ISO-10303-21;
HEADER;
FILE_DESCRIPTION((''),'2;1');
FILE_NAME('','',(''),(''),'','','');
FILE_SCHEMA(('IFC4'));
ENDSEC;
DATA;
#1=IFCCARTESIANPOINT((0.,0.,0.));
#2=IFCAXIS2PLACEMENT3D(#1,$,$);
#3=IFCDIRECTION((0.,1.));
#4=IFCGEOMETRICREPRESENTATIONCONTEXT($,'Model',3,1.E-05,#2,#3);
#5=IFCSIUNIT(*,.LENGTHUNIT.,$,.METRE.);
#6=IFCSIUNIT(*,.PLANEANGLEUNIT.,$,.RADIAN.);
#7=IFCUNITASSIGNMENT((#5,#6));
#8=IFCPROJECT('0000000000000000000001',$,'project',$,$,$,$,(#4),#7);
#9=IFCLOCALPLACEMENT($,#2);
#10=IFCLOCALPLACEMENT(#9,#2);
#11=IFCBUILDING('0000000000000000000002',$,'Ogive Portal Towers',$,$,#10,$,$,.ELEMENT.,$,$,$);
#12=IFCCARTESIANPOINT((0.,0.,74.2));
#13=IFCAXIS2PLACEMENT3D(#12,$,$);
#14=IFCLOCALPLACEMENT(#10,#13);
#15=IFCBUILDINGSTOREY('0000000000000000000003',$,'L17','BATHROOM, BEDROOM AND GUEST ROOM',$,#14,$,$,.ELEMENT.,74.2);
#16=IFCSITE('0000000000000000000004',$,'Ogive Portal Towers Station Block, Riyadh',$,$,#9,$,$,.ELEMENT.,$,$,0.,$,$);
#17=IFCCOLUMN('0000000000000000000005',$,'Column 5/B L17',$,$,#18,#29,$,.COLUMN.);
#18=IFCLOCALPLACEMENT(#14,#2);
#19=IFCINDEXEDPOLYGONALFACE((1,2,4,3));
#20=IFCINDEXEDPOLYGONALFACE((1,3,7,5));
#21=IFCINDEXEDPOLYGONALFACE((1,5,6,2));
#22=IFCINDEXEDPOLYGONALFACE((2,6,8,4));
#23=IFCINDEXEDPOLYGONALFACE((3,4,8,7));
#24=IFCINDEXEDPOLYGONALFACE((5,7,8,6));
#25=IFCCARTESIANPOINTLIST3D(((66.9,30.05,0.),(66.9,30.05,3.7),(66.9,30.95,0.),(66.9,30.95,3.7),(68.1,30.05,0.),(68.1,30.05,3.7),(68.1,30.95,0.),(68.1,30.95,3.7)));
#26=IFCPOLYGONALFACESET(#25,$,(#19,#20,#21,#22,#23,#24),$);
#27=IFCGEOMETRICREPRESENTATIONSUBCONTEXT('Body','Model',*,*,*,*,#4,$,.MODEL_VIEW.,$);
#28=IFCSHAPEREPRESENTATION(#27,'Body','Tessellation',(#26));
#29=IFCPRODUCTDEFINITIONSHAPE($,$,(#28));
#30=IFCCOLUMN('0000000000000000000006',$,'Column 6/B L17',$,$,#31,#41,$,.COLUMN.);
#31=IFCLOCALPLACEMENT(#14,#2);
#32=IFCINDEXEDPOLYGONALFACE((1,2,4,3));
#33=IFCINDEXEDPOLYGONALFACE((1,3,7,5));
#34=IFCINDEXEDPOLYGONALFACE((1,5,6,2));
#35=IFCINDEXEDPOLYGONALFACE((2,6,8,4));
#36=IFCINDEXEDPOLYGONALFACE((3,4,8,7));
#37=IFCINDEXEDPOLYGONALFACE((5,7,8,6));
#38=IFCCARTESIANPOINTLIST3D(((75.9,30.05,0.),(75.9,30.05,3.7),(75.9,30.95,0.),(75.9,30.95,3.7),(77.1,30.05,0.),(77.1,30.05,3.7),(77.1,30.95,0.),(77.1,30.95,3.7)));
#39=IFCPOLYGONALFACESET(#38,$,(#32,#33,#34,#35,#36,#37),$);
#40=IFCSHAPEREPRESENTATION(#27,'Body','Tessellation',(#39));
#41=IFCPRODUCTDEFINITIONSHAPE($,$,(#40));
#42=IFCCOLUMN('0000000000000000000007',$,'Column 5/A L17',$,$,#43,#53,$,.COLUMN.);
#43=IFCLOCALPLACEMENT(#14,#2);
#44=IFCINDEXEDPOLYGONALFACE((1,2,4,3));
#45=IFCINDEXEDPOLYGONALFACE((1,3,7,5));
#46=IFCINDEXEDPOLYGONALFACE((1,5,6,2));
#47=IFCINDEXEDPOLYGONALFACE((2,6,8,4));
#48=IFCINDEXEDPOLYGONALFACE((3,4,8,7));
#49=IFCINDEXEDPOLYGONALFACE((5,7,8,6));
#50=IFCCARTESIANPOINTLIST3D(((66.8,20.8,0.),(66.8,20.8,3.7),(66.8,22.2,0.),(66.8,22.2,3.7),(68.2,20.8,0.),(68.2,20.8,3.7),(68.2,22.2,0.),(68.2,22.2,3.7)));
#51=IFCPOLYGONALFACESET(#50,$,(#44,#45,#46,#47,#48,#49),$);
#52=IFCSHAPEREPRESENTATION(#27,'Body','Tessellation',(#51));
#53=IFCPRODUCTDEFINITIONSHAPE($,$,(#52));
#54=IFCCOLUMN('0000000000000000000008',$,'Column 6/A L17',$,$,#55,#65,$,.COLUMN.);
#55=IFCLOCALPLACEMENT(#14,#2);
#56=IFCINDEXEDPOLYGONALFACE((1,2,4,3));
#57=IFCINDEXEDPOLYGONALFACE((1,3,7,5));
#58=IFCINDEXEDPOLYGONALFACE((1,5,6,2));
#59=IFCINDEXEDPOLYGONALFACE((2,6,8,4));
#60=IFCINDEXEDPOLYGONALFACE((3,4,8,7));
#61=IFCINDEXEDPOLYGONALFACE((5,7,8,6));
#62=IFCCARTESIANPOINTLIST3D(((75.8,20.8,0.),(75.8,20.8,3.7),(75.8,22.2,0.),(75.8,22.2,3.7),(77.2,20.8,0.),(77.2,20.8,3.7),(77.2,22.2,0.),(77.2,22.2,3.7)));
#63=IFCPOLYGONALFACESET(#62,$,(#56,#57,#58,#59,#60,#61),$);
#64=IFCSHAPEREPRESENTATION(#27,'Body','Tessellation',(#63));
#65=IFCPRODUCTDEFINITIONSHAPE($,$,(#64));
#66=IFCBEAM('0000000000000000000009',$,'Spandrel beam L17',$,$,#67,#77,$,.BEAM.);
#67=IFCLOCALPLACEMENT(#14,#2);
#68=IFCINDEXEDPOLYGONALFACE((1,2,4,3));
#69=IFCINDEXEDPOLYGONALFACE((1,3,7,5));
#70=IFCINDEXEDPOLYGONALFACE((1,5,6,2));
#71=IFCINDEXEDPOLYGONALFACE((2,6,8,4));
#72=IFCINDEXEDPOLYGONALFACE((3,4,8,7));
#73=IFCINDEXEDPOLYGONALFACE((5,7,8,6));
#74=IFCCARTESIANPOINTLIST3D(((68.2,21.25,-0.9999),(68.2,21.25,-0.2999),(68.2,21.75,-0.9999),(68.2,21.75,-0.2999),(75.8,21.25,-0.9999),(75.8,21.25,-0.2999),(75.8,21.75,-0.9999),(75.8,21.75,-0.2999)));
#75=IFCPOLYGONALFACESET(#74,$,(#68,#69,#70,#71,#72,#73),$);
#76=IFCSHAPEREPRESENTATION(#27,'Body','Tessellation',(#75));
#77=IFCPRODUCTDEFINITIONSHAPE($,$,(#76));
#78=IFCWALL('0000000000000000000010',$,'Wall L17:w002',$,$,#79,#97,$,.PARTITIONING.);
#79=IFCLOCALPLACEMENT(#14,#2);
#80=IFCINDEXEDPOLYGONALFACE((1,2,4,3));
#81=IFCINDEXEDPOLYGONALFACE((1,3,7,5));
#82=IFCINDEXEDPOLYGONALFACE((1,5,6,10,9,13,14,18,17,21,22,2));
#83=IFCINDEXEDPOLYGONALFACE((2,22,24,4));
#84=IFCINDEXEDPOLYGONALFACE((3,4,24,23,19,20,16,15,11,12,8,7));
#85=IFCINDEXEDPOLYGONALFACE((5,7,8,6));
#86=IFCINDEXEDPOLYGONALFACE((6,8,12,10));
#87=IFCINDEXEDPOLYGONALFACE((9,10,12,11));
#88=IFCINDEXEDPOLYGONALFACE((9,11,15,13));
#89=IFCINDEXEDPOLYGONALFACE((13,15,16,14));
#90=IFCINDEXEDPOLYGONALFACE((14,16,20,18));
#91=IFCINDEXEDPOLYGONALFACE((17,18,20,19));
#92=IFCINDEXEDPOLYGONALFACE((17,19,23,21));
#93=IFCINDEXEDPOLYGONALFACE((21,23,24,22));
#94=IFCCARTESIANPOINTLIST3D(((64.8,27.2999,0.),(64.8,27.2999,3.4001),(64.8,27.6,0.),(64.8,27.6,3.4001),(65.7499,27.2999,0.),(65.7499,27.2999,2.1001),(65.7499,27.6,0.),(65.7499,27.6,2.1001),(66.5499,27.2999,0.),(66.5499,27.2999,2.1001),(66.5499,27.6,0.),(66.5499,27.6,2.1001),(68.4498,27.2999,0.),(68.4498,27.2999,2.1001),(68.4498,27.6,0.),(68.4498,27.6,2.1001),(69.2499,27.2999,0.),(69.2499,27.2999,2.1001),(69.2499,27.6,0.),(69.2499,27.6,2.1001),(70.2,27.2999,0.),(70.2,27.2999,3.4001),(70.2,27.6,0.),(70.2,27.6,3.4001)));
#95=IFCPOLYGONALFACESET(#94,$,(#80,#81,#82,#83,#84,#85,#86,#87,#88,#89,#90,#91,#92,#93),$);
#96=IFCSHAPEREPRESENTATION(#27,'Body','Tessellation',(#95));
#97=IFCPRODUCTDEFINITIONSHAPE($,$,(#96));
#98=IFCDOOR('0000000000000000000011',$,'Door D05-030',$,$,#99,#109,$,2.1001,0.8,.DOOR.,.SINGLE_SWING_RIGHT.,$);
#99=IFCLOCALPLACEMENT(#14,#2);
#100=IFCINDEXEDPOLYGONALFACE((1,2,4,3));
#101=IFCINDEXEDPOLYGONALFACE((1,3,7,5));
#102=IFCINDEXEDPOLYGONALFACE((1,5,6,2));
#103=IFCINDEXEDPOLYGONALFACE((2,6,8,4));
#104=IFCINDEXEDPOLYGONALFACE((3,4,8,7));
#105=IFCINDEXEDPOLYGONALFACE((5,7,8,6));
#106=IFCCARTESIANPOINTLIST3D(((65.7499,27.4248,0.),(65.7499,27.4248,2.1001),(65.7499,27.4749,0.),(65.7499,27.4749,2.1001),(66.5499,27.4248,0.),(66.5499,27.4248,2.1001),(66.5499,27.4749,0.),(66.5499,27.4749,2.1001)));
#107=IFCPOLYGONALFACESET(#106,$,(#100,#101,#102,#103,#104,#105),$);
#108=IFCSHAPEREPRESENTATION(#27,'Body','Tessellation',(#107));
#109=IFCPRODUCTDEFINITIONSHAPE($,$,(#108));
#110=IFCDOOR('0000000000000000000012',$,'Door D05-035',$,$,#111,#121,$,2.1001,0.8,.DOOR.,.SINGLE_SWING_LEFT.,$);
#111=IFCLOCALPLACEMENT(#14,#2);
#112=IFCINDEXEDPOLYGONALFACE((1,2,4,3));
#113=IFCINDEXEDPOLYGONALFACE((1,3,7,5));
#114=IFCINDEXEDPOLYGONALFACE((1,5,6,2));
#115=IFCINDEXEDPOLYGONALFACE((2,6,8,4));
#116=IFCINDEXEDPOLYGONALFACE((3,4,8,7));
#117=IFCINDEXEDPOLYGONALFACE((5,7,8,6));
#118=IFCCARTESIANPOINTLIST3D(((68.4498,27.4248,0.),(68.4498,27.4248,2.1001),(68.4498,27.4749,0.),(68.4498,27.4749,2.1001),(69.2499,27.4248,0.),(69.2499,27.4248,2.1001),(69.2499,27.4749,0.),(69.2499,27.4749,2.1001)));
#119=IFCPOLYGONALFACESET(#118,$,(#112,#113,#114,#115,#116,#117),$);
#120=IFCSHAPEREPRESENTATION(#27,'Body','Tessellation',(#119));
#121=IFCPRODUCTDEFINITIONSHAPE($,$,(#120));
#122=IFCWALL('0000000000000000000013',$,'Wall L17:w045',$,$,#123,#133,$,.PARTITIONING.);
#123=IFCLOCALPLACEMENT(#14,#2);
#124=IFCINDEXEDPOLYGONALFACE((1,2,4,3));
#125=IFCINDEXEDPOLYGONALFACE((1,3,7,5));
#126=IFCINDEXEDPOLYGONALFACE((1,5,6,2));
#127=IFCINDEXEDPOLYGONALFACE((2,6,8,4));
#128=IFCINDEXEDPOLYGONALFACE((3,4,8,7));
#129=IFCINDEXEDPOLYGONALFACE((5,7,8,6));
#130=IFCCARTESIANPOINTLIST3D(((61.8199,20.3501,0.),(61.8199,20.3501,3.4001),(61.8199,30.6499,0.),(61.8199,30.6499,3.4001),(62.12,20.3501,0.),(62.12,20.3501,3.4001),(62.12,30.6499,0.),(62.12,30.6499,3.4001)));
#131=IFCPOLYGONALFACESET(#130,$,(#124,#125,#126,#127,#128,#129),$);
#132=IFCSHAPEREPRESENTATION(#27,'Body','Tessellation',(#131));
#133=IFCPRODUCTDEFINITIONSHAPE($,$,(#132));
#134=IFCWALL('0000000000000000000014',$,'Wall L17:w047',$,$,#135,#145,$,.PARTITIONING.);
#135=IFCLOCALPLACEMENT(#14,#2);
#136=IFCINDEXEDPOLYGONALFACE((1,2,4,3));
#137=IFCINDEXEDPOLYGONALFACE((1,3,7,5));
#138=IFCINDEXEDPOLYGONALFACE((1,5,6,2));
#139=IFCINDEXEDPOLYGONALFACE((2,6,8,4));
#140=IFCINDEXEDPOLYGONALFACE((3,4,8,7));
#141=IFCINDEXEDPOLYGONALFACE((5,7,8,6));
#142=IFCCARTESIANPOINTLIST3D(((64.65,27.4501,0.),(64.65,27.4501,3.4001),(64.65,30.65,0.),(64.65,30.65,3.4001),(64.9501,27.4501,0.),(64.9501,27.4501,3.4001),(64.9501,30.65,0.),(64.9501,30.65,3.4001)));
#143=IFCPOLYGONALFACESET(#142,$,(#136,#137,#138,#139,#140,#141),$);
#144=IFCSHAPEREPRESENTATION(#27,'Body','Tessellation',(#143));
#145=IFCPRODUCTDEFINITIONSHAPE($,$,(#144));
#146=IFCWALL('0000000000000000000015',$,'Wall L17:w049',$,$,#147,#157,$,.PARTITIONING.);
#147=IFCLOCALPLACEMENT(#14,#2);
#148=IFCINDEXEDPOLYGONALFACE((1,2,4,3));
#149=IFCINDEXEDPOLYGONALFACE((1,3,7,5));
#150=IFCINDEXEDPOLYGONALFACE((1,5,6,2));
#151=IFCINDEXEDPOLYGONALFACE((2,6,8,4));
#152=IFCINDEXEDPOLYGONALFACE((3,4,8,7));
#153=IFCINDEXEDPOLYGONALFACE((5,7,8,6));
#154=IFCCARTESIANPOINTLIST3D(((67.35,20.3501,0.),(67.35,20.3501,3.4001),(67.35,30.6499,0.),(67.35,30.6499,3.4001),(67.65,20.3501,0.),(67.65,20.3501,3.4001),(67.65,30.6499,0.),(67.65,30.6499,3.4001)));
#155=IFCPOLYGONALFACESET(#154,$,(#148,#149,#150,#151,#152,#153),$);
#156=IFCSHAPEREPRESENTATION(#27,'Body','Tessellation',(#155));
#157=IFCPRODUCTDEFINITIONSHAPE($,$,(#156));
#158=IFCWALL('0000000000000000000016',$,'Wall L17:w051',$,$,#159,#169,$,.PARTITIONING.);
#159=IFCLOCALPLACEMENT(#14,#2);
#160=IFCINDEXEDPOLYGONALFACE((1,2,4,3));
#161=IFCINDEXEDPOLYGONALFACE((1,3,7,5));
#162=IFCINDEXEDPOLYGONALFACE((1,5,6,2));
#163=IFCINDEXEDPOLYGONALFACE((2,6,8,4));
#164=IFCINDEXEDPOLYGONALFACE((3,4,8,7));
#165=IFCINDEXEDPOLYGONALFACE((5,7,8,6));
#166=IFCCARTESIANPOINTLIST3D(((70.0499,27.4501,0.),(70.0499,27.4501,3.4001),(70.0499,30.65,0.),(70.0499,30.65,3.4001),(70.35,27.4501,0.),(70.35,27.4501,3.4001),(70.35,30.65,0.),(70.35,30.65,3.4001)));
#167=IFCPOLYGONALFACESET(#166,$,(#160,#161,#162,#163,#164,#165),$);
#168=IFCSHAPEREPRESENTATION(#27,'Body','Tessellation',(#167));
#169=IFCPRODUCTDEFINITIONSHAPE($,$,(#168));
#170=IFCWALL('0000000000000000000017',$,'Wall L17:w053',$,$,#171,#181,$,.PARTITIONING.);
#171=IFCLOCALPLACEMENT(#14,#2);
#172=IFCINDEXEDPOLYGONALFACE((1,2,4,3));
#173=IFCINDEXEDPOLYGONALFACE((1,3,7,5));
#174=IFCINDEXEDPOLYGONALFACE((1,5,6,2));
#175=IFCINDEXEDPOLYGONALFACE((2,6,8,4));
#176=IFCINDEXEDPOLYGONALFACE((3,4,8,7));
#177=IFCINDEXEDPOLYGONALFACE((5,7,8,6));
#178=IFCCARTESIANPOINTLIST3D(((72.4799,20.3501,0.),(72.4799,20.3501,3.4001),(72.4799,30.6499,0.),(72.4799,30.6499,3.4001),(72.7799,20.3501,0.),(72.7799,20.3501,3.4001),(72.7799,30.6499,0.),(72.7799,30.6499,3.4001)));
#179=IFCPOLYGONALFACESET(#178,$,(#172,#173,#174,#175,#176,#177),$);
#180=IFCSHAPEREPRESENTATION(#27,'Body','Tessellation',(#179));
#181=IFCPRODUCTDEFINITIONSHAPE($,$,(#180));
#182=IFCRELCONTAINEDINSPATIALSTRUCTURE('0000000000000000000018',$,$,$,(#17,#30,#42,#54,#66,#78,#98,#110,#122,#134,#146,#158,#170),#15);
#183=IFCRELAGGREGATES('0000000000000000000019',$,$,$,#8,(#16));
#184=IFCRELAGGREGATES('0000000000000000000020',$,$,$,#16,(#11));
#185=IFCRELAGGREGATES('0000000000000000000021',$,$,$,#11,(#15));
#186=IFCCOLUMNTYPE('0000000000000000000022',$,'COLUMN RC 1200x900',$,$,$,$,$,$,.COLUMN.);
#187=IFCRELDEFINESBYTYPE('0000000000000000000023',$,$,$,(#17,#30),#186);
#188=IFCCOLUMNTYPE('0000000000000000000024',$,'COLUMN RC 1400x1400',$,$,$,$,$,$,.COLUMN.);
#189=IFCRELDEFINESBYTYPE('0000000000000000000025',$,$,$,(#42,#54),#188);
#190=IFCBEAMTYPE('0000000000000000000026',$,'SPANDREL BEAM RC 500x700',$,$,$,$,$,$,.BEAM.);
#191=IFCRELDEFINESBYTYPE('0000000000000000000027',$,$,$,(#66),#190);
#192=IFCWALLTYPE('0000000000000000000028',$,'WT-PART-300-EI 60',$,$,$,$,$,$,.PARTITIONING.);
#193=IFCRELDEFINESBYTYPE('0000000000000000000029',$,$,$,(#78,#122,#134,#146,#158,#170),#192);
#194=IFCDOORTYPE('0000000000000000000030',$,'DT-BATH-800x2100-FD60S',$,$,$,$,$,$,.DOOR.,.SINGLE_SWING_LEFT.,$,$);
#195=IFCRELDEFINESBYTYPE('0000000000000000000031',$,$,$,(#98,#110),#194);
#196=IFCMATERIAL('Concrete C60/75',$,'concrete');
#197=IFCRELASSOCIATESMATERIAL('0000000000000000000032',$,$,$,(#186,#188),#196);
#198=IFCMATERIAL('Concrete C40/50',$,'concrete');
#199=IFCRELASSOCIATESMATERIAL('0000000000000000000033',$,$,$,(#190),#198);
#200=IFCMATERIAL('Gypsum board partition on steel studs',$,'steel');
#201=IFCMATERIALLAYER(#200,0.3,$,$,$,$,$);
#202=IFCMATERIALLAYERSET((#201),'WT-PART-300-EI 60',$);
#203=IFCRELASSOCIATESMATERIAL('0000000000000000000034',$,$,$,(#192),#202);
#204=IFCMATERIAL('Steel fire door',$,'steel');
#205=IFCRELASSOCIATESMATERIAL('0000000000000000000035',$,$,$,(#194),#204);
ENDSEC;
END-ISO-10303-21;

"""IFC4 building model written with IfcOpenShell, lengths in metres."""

from ifc_helpers import new_model, si_unit, direction, frame, frame_2d, origin, origin_2d, place, context, subcontext, project, spatial, rectangle, extrude, material, layer, layer_set, material_profile, profile_set, type_object, element, fill, save


model = new_model("IFC4")

# Units and contexts
model_context = context("Model", 3, precision=1e-05, world=origin(), true_north=direction((0.0, 1.0)))
body_context = subcontext(model_context, "Body", "Model", "MODEL_VIEW")
ifc_project = project(units=[si_unit("LENGTHUNIT", "METRE"), si_unit("PLANEANGLEUNIT", "RADIAN")], contexts=[model_context])

# Site, building, storey
site_placement = place(None, origin())
site = spatial("IfcSite", under=ifc_project, at=site_placement, Name="Ogive Portal Towers Station Block, Riyadh", CompositionType="ELEMENT", RefElevation=0.0)
building_placement = place(site_placement, origin())
building = spatial("IfcBuilding", under=site, at=building_placement, Name="Ogive Portal Towers", CompositionType="ELEMENT")
storey_placement = place(building_placement, frame((0.0, 0.0, 74.2)))
storey = spatial("IfcBuildingStorey", under=building, at=storey_placement, Name="L17", Description="BATHROOM, BEDROOM AND GUEST ROOM", CompositionType="ELEMENT", Elevation=74.2)

# Columns
ifc_material_1 = material(Name="Concrete C60/75", Category="concrete")
ifc_material_profile_1 = material_profile(ifc_material_1, rectangle(XDim=1.2, YDim=0.8999, at=origin_2d()), Name="RC 1200x900")
ifc_profile_set_1 = profile_set([ifc_material_profile_1], Name="Concrete C60/75")
column_type_1 = type_object("IfcColumnType", Name="COLUMN RC 1200x900", PredefinedType="COLUMN", material=ifc_profile_set_1)
for number, where, z_axis, x_axis, name in (
    (1, (67.5, 30.5, 0.0), (0.0, 0.0, 1.0), (1.0, 0.0, 0.0), "Column 5/B L17"),
    (2, (76.5, 30.5, 0.0), (0.0, 0.0, 1.0), (1.0, 0.0, 0.0), "Column 6/B L17"),
):
    element("IfcColumn", number, at=place(storey_placement, frame(where, z_axis=z_axis, x_axis=x_axis)), inside=storey, type_object=column_type_1, Name=name, PredefinedType="COLUMN", context=body_context, shape_type="SweptSolid", body=[
        extrude(rectangle(XDim=1.2, YDim=0.8999, at=origin_2d()), origin(), (0.0, 0.0, 1.0), 3.7),
    ])
ifc_material_profile_2 = material_profile(ifc_material_1, rectangle(XDim=1.3999, YDim=1.3999, at=origin_2d()), Name="RC 1400x1400")
ifc_profile_set_2 = profile_set([ifc_material_profile_2], Name="Concrete C60/75")
column_type_2 = type_object("IfcColumnType", Name="COLUMN RC 1400x1400", PredefinedType="COLUMN", material=ifc_profile_set_2)
for number, where, z_axis, x_axis, name in (
    (3, (67.5, 21.5, 0.0), (0.0, 0.0, 1.0), (1.0, 0.0, 0.0), "Column 5/A L17"),
    (4, (76.5, 21.5, 0.0), (0.0, 0.0, 1.0), (1.0, 0.0, 0.0), "Column 6/A L17"),
):
    element("IfcColumn", number, at=place(storey_placement, frame(where, z_axis=z_axis, x_axis=x_axis)), inside=storey, type_object=column_type_2, Name=name, PredefinedType="COLUMN", context=body_context, shape_type="SweptSolid", body=[
        extrude(rectangle(XDim=1.3999, YDim=1.3999, at=origin_2d()), origin(), (0.0, 0.0, 1.0), 3.7),
    ])

# Beam
ifc_material_2 = material(Name="Concrete C40/50", Category="concrete")
ifc_material_profile_3 = material_profile(ifc_material_2, rectangle(XDim=0.5, YDim=0.7, at=origin_2d()), Name="RC 500x700")
ifc_profile_set_3 = profile_set([ifc_material_profile_3], Name="Concrete C40/50")
beam_type = type_object("IfcBeamType", Name="SPANDREL BEAM RC 500x700", PredefinedType="BEAM", material=ifc_profile_set_3)
beam_placement = place(storey_placement, frame((75.8, 21.5, -0.6499), z_axis=(-1.0, 0.0, 0.0), x_axis=(0.0, -1.0, 0.0)))
element("IfcBeam", 5, at=beam_placement, inside=storey, type_object=beam_type, Name="Spandrel beam L17", PredefinedType="BEAM", context=body_context, shape_type="SweptSolid", body=[
    extrude(rectangle(XDim=0.5, YDim=0.7, at=origin_2d()), origin(), (0.0, 0.0, 1.0), 7.6001),
])

# Wall, openings, doors
ifc_material_3 = material(Name="Gypsum board partition on steel studs", Category="steel")
ifc_layer_1 = layer(ifc_material_3, 0.3)
ifc_layer_set_1 = layer_set([ifc_layer_1], Name="WT-PART-300-EI 60")
wall_type = type_object("IfcWallType", Name="WT-PART-300-EI 60", PredefinedType="PARTITIONING", material=ifc_layer_set_1)
wall_1_placement = place(storey_placement, frame((64.8, 27.45, 0.0), z_axis=(0.0, 0.0, 1.0), x_axis=(1.0, 0.0, 0.0)))
wall_1 = element("IfcWall", 6, at=wall_1_placement, inside=storey, type_object=wall_type, Name="Wall L17:w002", PredefinedType="PARTITIONING", context=body_context, shape_type="SweptSolid", body=[
    extrude(rectangle(XDim=5.3999, YDim=0.3, at=frame_2d((2.7, 0.0))), origin(), (0.0, 0.0, 1.0), 3.4001),
])
opening_1_placement = place(wall_1_placement, frame((0.95, 0.0, 0.0)))
opening_1 = element("IfcOpeningElement", 7, at=opening_1_placement, cuts=wall_1, PredefinedType="OPENING", context=body_context, shape_type="SweptSolid", body=[
    extrude(rectangle(XDim=0.8, YDim=2.1001, at=frame_2d((0.3999, 1.05))), frame((0.0, 0.1602, 0.0), z_axis=(0.0, -1.0, 0.0), x_axis=(1.0, 0.0, 0.0)), (0.0, 0.0, 1.0), 0.3201),
])
opening_2_placement = place(wall_1_placement, frame((3.6499, 0.0, 0.0)))
opening_2 = element("IfcOpeningElement", 8, at=opening_2_placement, cuts=wall_1, PredefinedType="OPENING", context=body_context, shape_type="SweptSolid", body=[
    extrude(rectangle(XDim=0.8, YDim=2.1001, at=frame_2d((0.3999, 1.05))), frame((0.0, 0.1602, 0.0), z_axis=(0.0, -1.0, 0.0), x_axis=(1.0, 0.0, 0.0)), (0.0, 0.0, 1.0), 0.3201),
])
ifc_material_4 = material(Name="Steel fire door", Category="steel")
door_type = type_object("IfcDoorType", Name="DT-BATH-800x2100-FD60S", OperationType="SINGLE_SWING_LEFT", PredefinedType="DOOR", material=ifc_material_4)
door_1_placement = place(opening_1_placement, origin())
door_1 = element("IfcDoor", 9, at=door_1_placement, inside=storey, type_object=door_type, Name="Door D05-030", OperationType="SINGLE_SWING_RIGHT", OverallHeight=2.1001, OverallWidth=0.8, PredefinedType="DOOR", context=body_context, shape_type="SweptSolid", body=[
    extrude(rectangle(XDim=0.8, YDim=2.1001, at=frame_2d((0.3999, 1.05))), frame((0.0, 0.0249, 0.0), z_axis=(0.0, -1.0, 0.0), x_axis=(1.0, 0.0, 0.0)), (0.0, 0.0, 1.0), 0.05),
])
fill(opening_1, door_1)
door_2_placement = place(opening_2_placement, origin())
door_2 = element("IfcDoor", 10, at=door_2_placement, inside=storey, type_object=door_type, Name="Door D05-035", OperationType="SINGLE_SWING_LEFT", OverallHeight=2.1001, OverallWidth=0.8, PredefinedType="DOOR", context=body_context, shape_type="SweptSolid", body=[
    extrude(rectangle(XDim=0.8, YDim=2.1001, at=frame_2d((0.3999, 1.05))), frame((0.0, 0.0249, 0.0), z_axis=(0.0, -1.0, 0.0), x_axis=(1.0, 0.0, 0.0)), (0.0, 0.0, 1.0), 0.05),
])
fill(opening_2, door_2)

# Walls
wall_2_placement = place(storey_placement, frame((61.97, 20.3501, 0.0), z_axis=(0.0, 0.0, 1.0), x_axis=(0.0, 1.0, 0.0)))
element("IfcWall", 11, at=wall_2_placement, inside=storey, type_object=wall_type, Name="Wall L17:w045", PredefinedType="PARTITIONING", context=body_context, shape_type="SweptSolid", body=[
    extrude(rectangle(XDim=10.2998, YDim=0.3, at=frame_2d((5.1499, 0.0))), origin(), (0.0, 0.0, 1.0), 3.4001),
])
wall_3_placement = place(storey_placement, frame((64.8, 27.45, 0.0), z_axis=(0.0, 0.0, 1.0), x_axis=(0.0, 1.0, 0.0)))
element("IfcWall", 12, at=wall_3_placement, inside=storey, type_object=wall_type, Name="Wall L17:w047", PredefinedType="PARTITIONING", context=body_context, shape_type="SweptSolid", body=[
    extrude(rectangle(XDim=3.2, YDim=0.3, at=frame_2d((1.6001, 0.0))), origin(), (0.0, 0.0, 1.0), 3.4001),
])
wall_4_placement = place(storey_placement, frame((67.5, 20.3501, 0.0), z_axis=(0.0, 0.0, 1.0), x_axis=(0.0, 1.0, 0.0)))
element("IfcWall", 13, at=wall_4_placement, inside=storey, type_object=wall_type, Name="Wall L17:w049", PredefinedType="PARTITIONING", context=body_context, shape_type="SweptSolid", body=[
    extrude(rectangle(XDim=10.2998, YDim=0.3, at=frame_2d((5.1499, 0.0))), origin(), (0.0, 0.0, 1.0), 3.4001),
])
wall_5_placement = place(storey_placement, frame((70.2, 27.45, 0.0), z_axis=(0.0, 0.0, 1.0), x_axis=(0.0, 1.0, 0.0)))
element("IfcWall", 14, at=wall_5_placement, inside=storey, type_object=wall_type, Name="Wall L17:w051", PredefinedType="PARTITIONING", context=body_context, shape_type="SweptSolid", body=[
    extrude(rectangle(XDim=3.2, YDim=0.3, at=frame_2d((1.6001, 0.0))), origin(), (0.0, 0.0, 1.0), 3.4001),
])
for number, where, z_axis, x_axis, name in (
    (15, (72.6299, 20.3501, 0.0), (0.0, 0.0, 1.0), (0.0, 1.0, 0.0), "Wall L17:w053"),
):
    element("IfcWall", number, at=place(storey_placement, frame(where, z_axis=z_axis, x_axis=x_axis)), inside=storey, type_object=wall_type, Name=name, PredefinedType="PARTITIONING", context=body_context, shape_type="SweptSolid", body=[
        extrude(rectangle(XDim=10.2998, YDim=0.3, at=frame_2d((5.1499, 0.0))), origin(), (0.0, 0.0, 1.0), 3.4001),
    ])

save(model, "model.ifc")
